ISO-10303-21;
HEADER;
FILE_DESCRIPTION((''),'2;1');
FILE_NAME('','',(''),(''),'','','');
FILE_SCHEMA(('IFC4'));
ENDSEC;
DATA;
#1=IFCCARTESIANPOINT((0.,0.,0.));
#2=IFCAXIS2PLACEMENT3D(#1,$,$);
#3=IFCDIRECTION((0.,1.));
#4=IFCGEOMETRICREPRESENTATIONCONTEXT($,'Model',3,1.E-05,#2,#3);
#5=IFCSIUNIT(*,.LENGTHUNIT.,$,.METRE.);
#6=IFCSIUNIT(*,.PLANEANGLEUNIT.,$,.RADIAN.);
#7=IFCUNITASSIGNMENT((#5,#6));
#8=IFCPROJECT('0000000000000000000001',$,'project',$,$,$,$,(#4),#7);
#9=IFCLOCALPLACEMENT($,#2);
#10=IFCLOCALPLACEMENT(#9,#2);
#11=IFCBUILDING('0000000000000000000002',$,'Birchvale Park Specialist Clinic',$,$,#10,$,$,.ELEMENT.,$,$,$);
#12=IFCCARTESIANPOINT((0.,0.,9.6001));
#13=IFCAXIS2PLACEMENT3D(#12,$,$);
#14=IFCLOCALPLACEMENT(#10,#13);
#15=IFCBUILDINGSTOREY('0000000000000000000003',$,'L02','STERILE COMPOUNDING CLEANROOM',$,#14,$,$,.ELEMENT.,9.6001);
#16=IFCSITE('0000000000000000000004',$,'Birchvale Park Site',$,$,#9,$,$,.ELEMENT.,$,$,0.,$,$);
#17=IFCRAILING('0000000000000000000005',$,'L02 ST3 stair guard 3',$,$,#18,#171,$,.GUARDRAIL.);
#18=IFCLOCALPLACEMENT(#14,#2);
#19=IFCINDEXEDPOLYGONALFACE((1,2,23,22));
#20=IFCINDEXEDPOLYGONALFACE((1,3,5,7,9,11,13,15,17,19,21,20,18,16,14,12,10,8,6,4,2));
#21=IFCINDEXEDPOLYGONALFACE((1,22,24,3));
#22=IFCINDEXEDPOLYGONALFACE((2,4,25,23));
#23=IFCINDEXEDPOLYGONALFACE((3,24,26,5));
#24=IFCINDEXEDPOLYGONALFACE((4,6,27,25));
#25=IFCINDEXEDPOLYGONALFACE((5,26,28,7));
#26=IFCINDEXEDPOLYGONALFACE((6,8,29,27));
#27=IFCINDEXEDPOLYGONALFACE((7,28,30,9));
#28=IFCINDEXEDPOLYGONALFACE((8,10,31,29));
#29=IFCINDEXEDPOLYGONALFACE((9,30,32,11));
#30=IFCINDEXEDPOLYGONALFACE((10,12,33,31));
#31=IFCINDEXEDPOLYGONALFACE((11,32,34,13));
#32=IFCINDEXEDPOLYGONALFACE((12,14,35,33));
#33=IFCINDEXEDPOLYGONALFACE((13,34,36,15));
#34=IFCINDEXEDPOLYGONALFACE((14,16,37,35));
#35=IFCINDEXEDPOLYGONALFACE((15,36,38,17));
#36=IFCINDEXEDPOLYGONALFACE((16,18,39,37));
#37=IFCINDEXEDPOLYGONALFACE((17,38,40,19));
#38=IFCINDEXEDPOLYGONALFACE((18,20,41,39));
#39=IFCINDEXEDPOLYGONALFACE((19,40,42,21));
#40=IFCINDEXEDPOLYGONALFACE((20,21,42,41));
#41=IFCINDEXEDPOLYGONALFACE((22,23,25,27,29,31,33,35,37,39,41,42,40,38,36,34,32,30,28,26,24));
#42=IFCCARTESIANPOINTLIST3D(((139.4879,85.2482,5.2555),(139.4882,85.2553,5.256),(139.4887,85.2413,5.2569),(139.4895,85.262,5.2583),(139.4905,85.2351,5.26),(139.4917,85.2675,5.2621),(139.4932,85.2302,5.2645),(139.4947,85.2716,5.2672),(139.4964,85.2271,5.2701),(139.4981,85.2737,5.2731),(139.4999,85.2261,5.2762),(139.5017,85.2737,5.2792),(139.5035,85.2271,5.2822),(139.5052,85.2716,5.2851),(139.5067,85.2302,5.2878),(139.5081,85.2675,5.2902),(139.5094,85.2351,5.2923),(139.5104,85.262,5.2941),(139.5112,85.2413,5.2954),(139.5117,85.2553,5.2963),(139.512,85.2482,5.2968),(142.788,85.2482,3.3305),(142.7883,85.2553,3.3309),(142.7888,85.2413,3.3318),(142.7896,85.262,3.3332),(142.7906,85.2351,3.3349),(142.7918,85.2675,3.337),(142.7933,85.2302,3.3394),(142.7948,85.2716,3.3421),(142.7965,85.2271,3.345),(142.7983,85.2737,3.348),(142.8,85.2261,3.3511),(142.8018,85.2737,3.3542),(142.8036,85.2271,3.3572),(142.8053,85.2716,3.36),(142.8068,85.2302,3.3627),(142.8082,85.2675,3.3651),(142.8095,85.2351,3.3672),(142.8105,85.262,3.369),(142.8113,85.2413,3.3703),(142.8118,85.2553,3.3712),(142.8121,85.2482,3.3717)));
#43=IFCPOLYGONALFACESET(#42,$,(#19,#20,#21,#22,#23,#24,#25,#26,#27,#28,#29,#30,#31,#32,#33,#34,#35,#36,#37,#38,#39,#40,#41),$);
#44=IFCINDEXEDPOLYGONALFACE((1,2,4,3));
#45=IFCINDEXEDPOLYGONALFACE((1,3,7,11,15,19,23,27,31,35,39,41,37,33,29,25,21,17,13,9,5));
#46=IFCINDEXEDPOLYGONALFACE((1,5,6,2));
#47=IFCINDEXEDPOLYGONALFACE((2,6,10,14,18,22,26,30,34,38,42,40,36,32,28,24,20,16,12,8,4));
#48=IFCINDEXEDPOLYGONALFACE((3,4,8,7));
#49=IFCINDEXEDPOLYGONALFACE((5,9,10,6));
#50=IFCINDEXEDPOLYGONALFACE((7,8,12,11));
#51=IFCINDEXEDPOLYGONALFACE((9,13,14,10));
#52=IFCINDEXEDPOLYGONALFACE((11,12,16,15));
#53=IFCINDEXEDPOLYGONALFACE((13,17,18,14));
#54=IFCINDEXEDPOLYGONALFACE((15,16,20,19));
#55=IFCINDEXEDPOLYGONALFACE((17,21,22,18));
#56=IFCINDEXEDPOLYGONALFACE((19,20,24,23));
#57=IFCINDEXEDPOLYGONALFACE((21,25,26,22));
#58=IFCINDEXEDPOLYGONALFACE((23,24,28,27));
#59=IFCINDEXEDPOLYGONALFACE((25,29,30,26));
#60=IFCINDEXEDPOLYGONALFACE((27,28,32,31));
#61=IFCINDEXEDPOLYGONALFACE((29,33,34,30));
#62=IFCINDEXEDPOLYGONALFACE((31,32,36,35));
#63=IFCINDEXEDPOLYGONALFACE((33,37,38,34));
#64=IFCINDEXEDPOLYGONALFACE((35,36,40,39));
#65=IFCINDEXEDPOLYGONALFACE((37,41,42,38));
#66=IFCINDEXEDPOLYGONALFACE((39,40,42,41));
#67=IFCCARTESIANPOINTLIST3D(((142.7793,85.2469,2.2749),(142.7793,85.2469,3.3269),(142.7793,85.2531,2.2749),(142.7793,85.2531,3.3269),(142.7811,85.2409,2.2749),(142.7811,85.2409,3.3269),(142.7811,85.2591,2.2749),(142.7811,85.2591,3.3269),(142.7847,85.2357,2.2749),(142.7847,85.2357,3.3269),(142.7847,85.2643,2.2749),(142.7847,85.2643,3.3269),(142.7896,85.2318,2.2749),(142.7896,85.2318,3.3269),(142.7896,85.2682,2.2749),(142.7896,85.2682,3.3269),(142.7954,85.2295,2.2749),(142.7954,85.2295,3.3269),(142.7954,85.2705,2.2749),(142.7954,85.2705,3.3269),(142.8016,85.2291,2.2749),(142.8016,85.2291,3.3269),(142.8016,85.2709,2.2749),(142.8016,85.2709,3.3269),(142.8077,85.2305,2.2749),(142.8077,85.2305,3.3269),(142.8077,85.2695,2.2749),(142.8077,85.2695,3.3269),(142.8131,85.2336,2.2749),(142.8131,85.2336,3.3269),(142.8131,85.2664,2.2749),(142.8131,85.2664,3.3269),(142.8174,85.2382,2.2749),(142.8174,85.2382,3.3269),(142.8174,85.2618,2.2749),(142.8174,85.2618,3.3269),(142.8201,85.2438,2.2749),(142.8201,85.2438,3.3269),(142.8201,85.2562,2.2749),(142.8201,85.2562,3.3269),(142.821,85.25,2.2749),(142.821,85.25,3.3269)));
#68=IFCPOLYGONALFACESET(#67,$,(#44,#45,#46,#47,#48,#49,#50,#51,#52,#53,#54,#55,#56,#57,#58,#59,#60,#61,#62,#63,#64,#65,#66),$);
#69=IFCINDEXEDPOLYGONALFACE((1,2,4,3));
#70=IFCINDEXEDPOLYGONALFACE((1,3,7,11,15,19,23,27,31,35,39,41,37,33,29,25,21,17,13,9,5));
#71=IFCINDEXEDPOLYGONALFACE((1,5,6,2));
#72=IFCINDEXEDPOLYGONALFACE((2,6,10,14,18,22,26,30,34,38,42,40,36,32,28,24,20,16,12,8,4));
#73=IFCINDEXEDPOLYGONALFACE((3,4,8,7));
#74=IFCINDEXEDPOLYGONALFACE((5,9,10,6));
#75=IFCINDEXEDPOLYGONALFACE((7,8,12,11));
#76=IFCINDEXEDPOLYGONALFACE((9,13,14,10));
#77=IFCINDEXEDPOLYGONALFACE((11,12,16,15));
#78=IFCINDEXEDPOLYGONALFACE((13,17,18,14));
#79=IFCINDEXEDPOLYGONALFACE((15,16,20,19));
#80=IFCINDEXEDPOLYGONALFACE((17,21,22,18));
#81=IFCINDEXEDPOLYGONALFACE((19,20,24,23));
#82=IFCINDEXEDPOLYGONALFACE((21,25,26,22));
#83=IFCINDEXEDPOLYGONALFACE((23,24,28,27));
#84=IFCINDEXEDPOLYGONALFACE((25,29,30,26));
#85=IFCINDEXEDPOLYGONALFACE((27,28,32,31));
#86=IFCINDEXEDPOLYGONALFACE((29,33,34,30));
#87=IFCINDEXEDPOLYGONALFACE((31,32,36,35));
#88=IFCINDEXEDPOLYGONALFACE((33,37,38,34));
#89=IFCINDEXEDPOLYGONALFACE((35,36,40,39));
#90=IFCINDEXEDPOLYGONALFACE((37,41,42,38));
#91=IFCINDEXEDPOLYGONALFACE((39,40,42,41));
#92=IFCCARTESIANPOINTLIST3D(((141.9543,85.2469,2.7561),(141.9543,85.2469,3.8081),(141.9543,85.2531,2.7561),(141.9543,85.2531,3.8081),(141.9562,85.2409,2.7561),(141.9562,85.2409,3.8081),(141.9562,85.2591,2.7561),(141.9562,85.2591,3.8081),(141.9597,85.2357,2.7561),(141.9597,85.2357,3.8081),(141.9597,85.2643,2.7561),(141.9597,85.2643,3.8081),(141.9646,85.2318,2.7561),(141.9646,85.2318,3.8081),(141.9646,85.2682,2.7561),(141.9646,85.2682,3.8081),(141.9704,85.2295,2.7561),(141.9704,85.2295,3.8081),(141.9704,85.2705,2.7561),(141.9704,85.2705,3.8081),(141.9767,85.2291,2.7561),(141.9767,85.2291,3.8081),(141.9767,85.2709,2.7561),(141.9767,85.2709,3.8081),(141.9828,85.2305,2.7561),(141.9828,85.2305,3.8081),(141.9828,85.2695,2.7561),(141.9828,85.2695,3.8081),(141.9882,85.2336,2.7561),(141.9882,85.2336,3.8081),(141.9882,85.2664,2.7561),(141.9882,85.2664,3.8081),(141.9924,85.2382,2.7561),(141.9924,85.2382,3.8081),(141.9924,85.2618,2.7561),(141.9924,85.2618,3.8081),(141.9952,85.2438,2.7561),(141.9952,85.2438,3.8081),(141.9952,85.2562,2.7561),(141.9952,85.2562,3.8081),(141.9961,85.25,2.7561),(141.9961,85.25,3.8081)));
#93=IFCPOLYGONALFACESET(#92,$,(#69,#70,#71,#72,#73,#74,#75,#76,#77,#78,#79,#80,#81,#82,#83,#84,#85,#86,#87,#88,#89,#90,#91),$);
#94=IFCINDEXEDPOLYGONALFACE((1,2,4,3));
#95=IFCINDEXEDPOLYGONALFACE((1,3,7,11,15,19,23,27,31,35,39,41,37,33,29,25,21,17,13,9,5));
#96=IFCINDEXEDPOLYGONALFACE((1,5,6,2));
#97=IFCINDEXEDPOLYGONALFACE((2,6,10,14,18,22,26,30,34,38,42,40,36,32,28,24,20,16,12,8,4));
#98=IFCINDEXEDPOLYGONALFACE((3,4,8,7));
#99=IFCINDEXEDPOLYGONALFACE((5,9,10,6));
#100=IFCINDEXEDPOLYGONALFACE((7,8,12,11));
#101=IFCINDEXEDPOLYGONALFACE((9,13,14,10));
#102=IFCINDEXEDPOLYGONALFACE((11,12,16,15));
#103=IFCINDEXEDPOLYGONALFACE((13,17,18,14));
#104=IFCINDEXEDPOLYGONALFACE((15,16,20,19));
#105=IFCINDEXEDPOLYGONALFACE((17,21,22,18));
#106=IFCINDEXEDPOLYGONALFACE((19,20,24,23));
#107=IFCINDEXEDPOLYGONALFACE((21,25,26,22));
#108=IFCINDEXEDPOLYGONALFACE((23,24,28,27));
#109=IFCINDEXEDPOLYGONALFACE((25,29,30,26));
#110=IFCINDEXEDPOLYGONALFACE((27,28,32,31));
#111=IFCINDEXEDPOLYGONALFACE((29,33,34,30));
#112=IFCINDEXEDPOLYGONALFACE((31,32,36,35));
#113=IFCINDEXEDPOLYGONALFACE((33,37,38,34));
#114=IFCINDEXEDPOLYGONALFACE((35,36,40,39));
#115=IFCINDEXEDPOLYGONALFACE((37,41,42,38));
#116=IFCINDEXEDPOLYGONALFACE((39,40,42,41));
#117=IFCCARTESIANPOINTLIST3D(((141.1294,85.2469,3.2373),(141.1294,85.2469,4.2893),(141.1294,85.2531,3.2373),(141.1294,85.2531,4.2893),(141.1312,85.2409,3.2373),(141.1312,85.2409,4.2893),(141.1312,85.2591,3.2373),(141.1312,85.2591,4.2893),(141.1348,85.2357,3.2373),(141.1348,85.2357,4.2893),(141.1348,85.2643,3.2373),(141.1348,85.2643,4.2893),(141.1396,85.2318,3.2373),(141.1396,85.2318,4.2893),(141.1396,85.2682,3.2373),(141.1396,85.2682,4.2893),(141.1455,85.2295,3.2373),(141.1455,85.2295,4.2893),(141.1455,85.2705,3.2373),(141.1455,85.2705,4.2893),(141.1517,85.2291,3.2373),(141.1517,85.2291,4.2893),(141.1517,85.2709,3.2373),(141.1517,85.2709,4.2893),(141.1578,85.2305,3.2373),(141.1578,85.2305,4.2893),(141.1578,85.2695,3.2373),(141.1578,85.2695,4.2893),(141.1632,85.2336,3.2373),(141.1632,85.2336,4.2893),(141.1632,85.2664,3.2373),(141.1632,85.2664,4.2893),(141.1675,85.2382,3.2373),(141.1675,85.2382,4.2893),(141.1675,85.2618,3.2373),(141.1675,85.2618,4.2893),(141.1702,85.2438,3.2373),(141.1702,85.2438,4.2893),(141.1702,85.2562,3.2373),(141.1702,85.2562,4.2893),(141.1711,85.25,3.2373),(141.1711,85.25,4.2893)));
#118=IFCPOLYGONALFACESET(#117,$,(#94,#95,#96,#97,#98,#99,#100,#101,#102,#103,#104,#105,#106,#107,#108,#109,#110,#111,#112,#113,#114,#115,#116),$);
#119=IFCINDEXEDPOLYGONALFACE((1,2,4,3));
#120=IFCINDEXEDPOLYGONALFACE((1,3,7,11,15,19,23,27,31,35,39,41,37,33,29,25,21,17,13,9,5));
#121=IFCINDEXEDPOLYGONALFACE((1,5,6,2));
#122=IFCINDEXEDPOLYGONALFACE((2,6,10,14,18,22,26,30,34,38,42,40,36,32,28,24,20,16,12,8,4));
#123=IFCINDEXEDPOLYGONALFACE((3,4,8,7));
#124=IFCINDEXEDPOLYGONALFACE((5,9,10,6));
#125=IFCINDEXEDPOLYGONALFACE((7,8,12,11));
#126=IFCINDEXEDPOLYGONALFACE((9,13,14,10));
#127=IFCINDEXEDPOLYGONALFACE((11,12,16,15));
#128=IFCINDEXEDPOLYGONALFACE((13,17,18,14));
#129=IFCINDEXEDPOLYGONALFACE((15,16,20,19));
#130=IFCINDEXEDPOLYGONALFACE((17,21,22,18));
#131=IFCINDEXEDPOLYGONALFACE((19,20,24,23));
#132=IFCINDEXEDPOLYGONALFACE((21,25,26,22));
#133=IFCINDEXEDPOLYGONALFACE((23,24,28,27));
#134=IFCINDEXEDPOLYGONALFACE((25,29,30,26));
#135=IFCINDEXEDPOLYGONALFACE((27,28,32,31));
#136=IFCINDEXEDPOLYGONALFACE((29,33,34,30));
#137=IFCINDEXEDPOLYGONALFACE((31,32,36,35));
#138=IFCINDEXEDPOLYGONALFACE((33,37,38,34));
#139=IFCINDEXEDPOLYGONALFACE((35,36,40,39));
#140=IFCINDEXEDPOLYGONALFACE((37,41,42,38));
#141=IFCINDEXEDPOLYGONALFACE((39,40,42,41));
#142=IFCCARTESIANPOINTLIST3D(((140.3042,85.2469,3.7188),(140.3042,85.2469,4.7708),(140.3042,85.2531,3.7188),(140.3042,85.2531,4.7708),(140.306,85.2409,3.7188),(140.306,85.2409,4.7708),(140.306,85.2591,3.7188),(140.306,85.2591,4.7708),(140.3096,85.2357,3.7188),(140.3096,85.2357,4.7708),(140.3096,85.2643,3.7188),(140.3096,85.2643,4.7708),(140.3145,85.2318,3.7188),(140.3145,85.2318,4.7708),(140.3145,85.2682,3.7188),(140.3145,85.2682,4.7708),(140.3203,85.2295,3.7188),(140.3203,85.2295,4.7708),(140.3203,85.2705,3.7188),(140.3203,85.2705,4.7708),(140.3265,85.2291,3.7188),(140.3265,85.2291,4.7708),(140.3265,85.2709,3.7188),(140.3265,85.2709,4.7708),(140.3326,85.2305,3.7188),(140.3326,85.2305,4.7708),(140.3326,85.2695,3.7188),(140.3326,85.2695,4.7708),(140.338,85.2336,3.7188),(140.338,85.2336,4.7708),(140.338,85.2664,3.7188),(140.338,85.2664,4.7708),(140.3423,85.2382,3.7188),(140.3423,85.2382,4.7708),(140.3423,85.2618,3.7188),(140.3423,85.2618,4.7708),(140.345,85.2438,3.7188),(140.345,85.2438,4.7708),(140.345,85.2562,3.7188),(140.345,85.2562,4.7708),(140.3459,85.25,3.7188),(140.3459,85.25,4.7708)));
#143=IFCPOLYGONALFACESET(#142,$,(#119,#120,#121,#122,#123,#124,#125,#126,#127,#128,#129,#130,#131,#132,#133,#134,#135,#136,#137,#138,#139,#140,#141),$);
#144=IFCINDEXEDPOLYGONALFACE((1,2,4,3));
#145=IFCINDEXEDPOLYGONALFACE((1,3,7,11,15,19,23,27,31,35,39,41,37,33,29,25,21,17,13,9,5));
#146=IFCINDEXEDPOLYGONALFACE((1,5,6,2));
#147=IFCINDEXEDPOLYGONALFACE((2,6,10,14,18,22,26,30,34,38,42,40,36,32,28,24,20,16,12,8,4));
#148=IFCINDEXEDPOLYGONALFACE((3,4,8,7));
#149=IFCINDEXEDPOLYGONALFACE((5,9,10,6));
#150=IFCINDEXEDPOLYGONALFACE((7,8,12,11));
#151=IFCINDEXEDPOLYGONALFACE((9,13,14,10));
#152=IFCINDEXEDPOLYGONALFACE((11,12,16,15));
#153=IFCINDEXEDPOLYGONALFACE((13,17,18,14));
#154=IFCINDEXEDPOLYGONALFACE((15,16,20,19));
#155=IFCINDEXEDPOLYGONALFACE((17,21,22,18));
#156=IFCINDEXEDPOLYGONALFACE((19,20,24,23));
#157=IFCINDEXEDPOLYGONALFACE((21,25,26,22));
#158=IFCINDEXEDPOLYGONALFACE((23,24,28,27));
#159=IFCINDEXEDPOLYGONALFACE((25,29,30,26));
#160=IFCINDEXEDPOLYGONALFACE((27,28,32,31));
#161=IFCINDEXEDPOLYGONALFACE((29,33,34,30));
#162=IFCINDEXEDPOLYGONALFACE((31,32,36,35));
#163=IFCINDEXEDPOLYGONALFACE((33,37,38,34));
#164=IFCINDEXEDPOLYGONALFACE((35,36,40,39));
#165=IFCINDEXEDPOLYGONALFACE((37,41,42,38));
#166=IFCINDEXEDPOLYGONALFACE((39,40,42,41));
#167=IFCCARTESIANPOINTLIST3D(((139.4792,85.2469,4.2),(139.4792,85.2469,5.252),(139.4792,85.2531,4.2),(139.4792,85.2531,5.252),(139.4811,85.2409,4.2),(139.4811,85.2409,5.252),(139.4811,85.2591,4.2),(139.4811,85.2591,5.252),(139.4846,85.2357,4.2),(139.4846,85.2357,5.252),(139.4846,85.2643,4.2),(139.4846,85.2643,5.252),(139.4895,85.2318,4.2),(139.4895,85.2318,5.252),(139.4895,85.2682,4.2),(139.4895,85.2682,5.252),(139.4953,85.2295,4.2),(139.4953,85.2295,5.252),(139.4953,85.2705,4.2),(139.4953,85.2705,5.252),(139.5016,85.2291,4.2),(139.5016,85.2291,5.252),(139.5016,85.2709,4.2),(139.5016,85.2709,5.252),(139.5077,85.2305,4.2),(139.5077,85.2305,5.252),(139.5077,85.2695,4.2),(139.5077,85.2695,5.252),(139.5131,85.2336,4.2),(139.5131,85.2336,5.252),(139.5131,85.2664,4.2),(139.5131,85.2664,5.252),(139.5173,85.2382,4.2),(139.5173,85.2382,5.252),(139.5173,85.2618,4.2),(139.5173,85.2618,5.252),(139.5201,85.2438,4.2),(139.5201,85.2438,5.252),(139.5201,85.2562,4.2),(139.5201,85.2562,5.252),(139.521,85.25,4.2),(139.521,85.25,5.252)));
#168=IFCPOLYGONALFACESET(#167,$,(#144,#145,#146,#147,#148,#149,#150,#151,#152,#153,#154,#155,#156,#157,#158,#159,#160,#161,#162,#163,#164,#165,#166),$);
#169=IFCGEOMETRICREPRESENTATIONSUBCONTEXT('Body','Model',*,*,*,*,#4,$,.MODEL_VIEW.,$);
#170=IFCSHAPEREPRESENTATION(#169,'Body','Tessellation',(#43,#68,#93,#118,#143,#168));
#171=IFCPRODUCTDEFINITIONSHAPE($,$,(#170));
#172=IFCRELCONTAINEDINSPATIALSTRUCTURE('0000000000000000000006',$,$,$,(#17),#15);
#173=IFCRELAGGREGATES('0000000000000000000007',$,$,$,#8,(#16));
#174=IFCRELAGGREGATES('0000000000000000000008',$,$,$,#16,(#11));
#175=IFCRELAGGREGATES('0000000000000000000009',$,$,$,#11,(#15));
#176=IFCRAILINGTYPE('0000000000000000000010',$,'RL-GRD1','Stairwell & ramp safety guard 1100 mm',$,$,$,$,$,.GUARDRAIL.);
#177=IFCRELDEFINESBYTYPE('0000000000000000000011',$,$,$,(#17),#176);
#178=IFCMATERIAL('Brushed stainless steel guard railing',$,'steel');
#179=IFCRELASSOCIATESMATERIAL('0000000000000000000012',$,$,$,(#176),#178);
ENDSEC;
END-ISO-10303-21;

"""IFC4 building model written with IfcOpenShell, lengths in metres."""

from ifc_helpers import new_model, si_unit, direction, frame, origin, origin_2d, place, context, subcontext, project, spatial, circle, extrude, material, type_object, element, save


model = new_model("IFC4")

# Units and contexts
model_context = context("Model", 3, precision=1e-05, world=origin(), true_north=direction((0.0, 1.0)))
body_context = subcontext(model_context, "Body", "Model", "MODEL_VIEW")
ifc_project = project(units=[si_unit("LENGTHUNIT", "METRE"), si_unit("PLANEANGLEUNIT", "RADIAN")], contexts=[model_context])

# Site, building, storey
site_placement = place(None, origin())
site = spatial("IfcSite", under=ifc_project, at=site_placement, Name="Birchvale Park Site", CompositionType="ELEMENT", RefElevation=0.0)
building_placement = place(site_placement, origin())
building = spatial("IfcBuilding", under=site, at=building_placement, Name="Birchvale Park Specialist Clinic", CompositionType="ELEMENT")
storey_placement = place(building_placement, frame((0.0, 0.0, 9.6001)))
storey = spatial("IfcBuildingStorey", under=building, at=storey_placement, Name="L02", Description="STERILE COMPOUNDING CLEANROOM", CompositionType="ELEMENT", Elevation=9.6001)

# Railing
ifc_material_1 = material(Name="Brushed stainless steel guard railing", Category="steel")
railing_type_1 = type_object("IfcRailingType", Name="RL-GRD1", Description="Stairwell & ramp safety guard 1100 mm", PredefinedType="GUARDRAIL", material=ifc_material_1)
railing_1_placement = place(storey_placement, frame((142.8, 85.25, 2.2749)))
element("IfcRailing", 1, at=railing_1_placement, inside=storey, type_object=railing_type_1, Name="L02 ST3 stair guard 3", PredefinedType="GUARDRAIL", context=body_context, shape_type="SweptSolid", body=[
    extrude(circle(Radius=0.0239, at=origin_2d()), frame((0.0, 0.0, 1.0762), z_axis=(-0.863777, 0.0, 0.503875), x_axis=(0.0, -1.0, 0.0)), (0.0, 0.0, 1.0), 3.8206),
    extrude(circle(Radius=0.021, at=origin_2d()), origin(), (0.0, 0.0, 1.0), 1.052),
    extrude(circle(Radius=0.021, at=origin_2d()), frame((-0.825, 0.0, 0.4812)), (0.0, 0.0, 1.0), 1.052),
    extrude(circle(Radius=0.021, at=origin_2d()), frame((-1.6499, 0.0, 0.9624)), (0.0, 0.0, 1.0), 1.052),
    extrude(circle(Radius=0.021, at=origin_2d()), frame((-2.4751, 0.0, 1.4438)), (0.0, 0.0, 1.0), 1.052),
    extrude(circle(Radius=0.021, at=origin_2d()), frame((-3.3, 0.0, 1.925)), (0.0, 0.0, 1.0), 1.052),
])

save(model, "model.ifc")
